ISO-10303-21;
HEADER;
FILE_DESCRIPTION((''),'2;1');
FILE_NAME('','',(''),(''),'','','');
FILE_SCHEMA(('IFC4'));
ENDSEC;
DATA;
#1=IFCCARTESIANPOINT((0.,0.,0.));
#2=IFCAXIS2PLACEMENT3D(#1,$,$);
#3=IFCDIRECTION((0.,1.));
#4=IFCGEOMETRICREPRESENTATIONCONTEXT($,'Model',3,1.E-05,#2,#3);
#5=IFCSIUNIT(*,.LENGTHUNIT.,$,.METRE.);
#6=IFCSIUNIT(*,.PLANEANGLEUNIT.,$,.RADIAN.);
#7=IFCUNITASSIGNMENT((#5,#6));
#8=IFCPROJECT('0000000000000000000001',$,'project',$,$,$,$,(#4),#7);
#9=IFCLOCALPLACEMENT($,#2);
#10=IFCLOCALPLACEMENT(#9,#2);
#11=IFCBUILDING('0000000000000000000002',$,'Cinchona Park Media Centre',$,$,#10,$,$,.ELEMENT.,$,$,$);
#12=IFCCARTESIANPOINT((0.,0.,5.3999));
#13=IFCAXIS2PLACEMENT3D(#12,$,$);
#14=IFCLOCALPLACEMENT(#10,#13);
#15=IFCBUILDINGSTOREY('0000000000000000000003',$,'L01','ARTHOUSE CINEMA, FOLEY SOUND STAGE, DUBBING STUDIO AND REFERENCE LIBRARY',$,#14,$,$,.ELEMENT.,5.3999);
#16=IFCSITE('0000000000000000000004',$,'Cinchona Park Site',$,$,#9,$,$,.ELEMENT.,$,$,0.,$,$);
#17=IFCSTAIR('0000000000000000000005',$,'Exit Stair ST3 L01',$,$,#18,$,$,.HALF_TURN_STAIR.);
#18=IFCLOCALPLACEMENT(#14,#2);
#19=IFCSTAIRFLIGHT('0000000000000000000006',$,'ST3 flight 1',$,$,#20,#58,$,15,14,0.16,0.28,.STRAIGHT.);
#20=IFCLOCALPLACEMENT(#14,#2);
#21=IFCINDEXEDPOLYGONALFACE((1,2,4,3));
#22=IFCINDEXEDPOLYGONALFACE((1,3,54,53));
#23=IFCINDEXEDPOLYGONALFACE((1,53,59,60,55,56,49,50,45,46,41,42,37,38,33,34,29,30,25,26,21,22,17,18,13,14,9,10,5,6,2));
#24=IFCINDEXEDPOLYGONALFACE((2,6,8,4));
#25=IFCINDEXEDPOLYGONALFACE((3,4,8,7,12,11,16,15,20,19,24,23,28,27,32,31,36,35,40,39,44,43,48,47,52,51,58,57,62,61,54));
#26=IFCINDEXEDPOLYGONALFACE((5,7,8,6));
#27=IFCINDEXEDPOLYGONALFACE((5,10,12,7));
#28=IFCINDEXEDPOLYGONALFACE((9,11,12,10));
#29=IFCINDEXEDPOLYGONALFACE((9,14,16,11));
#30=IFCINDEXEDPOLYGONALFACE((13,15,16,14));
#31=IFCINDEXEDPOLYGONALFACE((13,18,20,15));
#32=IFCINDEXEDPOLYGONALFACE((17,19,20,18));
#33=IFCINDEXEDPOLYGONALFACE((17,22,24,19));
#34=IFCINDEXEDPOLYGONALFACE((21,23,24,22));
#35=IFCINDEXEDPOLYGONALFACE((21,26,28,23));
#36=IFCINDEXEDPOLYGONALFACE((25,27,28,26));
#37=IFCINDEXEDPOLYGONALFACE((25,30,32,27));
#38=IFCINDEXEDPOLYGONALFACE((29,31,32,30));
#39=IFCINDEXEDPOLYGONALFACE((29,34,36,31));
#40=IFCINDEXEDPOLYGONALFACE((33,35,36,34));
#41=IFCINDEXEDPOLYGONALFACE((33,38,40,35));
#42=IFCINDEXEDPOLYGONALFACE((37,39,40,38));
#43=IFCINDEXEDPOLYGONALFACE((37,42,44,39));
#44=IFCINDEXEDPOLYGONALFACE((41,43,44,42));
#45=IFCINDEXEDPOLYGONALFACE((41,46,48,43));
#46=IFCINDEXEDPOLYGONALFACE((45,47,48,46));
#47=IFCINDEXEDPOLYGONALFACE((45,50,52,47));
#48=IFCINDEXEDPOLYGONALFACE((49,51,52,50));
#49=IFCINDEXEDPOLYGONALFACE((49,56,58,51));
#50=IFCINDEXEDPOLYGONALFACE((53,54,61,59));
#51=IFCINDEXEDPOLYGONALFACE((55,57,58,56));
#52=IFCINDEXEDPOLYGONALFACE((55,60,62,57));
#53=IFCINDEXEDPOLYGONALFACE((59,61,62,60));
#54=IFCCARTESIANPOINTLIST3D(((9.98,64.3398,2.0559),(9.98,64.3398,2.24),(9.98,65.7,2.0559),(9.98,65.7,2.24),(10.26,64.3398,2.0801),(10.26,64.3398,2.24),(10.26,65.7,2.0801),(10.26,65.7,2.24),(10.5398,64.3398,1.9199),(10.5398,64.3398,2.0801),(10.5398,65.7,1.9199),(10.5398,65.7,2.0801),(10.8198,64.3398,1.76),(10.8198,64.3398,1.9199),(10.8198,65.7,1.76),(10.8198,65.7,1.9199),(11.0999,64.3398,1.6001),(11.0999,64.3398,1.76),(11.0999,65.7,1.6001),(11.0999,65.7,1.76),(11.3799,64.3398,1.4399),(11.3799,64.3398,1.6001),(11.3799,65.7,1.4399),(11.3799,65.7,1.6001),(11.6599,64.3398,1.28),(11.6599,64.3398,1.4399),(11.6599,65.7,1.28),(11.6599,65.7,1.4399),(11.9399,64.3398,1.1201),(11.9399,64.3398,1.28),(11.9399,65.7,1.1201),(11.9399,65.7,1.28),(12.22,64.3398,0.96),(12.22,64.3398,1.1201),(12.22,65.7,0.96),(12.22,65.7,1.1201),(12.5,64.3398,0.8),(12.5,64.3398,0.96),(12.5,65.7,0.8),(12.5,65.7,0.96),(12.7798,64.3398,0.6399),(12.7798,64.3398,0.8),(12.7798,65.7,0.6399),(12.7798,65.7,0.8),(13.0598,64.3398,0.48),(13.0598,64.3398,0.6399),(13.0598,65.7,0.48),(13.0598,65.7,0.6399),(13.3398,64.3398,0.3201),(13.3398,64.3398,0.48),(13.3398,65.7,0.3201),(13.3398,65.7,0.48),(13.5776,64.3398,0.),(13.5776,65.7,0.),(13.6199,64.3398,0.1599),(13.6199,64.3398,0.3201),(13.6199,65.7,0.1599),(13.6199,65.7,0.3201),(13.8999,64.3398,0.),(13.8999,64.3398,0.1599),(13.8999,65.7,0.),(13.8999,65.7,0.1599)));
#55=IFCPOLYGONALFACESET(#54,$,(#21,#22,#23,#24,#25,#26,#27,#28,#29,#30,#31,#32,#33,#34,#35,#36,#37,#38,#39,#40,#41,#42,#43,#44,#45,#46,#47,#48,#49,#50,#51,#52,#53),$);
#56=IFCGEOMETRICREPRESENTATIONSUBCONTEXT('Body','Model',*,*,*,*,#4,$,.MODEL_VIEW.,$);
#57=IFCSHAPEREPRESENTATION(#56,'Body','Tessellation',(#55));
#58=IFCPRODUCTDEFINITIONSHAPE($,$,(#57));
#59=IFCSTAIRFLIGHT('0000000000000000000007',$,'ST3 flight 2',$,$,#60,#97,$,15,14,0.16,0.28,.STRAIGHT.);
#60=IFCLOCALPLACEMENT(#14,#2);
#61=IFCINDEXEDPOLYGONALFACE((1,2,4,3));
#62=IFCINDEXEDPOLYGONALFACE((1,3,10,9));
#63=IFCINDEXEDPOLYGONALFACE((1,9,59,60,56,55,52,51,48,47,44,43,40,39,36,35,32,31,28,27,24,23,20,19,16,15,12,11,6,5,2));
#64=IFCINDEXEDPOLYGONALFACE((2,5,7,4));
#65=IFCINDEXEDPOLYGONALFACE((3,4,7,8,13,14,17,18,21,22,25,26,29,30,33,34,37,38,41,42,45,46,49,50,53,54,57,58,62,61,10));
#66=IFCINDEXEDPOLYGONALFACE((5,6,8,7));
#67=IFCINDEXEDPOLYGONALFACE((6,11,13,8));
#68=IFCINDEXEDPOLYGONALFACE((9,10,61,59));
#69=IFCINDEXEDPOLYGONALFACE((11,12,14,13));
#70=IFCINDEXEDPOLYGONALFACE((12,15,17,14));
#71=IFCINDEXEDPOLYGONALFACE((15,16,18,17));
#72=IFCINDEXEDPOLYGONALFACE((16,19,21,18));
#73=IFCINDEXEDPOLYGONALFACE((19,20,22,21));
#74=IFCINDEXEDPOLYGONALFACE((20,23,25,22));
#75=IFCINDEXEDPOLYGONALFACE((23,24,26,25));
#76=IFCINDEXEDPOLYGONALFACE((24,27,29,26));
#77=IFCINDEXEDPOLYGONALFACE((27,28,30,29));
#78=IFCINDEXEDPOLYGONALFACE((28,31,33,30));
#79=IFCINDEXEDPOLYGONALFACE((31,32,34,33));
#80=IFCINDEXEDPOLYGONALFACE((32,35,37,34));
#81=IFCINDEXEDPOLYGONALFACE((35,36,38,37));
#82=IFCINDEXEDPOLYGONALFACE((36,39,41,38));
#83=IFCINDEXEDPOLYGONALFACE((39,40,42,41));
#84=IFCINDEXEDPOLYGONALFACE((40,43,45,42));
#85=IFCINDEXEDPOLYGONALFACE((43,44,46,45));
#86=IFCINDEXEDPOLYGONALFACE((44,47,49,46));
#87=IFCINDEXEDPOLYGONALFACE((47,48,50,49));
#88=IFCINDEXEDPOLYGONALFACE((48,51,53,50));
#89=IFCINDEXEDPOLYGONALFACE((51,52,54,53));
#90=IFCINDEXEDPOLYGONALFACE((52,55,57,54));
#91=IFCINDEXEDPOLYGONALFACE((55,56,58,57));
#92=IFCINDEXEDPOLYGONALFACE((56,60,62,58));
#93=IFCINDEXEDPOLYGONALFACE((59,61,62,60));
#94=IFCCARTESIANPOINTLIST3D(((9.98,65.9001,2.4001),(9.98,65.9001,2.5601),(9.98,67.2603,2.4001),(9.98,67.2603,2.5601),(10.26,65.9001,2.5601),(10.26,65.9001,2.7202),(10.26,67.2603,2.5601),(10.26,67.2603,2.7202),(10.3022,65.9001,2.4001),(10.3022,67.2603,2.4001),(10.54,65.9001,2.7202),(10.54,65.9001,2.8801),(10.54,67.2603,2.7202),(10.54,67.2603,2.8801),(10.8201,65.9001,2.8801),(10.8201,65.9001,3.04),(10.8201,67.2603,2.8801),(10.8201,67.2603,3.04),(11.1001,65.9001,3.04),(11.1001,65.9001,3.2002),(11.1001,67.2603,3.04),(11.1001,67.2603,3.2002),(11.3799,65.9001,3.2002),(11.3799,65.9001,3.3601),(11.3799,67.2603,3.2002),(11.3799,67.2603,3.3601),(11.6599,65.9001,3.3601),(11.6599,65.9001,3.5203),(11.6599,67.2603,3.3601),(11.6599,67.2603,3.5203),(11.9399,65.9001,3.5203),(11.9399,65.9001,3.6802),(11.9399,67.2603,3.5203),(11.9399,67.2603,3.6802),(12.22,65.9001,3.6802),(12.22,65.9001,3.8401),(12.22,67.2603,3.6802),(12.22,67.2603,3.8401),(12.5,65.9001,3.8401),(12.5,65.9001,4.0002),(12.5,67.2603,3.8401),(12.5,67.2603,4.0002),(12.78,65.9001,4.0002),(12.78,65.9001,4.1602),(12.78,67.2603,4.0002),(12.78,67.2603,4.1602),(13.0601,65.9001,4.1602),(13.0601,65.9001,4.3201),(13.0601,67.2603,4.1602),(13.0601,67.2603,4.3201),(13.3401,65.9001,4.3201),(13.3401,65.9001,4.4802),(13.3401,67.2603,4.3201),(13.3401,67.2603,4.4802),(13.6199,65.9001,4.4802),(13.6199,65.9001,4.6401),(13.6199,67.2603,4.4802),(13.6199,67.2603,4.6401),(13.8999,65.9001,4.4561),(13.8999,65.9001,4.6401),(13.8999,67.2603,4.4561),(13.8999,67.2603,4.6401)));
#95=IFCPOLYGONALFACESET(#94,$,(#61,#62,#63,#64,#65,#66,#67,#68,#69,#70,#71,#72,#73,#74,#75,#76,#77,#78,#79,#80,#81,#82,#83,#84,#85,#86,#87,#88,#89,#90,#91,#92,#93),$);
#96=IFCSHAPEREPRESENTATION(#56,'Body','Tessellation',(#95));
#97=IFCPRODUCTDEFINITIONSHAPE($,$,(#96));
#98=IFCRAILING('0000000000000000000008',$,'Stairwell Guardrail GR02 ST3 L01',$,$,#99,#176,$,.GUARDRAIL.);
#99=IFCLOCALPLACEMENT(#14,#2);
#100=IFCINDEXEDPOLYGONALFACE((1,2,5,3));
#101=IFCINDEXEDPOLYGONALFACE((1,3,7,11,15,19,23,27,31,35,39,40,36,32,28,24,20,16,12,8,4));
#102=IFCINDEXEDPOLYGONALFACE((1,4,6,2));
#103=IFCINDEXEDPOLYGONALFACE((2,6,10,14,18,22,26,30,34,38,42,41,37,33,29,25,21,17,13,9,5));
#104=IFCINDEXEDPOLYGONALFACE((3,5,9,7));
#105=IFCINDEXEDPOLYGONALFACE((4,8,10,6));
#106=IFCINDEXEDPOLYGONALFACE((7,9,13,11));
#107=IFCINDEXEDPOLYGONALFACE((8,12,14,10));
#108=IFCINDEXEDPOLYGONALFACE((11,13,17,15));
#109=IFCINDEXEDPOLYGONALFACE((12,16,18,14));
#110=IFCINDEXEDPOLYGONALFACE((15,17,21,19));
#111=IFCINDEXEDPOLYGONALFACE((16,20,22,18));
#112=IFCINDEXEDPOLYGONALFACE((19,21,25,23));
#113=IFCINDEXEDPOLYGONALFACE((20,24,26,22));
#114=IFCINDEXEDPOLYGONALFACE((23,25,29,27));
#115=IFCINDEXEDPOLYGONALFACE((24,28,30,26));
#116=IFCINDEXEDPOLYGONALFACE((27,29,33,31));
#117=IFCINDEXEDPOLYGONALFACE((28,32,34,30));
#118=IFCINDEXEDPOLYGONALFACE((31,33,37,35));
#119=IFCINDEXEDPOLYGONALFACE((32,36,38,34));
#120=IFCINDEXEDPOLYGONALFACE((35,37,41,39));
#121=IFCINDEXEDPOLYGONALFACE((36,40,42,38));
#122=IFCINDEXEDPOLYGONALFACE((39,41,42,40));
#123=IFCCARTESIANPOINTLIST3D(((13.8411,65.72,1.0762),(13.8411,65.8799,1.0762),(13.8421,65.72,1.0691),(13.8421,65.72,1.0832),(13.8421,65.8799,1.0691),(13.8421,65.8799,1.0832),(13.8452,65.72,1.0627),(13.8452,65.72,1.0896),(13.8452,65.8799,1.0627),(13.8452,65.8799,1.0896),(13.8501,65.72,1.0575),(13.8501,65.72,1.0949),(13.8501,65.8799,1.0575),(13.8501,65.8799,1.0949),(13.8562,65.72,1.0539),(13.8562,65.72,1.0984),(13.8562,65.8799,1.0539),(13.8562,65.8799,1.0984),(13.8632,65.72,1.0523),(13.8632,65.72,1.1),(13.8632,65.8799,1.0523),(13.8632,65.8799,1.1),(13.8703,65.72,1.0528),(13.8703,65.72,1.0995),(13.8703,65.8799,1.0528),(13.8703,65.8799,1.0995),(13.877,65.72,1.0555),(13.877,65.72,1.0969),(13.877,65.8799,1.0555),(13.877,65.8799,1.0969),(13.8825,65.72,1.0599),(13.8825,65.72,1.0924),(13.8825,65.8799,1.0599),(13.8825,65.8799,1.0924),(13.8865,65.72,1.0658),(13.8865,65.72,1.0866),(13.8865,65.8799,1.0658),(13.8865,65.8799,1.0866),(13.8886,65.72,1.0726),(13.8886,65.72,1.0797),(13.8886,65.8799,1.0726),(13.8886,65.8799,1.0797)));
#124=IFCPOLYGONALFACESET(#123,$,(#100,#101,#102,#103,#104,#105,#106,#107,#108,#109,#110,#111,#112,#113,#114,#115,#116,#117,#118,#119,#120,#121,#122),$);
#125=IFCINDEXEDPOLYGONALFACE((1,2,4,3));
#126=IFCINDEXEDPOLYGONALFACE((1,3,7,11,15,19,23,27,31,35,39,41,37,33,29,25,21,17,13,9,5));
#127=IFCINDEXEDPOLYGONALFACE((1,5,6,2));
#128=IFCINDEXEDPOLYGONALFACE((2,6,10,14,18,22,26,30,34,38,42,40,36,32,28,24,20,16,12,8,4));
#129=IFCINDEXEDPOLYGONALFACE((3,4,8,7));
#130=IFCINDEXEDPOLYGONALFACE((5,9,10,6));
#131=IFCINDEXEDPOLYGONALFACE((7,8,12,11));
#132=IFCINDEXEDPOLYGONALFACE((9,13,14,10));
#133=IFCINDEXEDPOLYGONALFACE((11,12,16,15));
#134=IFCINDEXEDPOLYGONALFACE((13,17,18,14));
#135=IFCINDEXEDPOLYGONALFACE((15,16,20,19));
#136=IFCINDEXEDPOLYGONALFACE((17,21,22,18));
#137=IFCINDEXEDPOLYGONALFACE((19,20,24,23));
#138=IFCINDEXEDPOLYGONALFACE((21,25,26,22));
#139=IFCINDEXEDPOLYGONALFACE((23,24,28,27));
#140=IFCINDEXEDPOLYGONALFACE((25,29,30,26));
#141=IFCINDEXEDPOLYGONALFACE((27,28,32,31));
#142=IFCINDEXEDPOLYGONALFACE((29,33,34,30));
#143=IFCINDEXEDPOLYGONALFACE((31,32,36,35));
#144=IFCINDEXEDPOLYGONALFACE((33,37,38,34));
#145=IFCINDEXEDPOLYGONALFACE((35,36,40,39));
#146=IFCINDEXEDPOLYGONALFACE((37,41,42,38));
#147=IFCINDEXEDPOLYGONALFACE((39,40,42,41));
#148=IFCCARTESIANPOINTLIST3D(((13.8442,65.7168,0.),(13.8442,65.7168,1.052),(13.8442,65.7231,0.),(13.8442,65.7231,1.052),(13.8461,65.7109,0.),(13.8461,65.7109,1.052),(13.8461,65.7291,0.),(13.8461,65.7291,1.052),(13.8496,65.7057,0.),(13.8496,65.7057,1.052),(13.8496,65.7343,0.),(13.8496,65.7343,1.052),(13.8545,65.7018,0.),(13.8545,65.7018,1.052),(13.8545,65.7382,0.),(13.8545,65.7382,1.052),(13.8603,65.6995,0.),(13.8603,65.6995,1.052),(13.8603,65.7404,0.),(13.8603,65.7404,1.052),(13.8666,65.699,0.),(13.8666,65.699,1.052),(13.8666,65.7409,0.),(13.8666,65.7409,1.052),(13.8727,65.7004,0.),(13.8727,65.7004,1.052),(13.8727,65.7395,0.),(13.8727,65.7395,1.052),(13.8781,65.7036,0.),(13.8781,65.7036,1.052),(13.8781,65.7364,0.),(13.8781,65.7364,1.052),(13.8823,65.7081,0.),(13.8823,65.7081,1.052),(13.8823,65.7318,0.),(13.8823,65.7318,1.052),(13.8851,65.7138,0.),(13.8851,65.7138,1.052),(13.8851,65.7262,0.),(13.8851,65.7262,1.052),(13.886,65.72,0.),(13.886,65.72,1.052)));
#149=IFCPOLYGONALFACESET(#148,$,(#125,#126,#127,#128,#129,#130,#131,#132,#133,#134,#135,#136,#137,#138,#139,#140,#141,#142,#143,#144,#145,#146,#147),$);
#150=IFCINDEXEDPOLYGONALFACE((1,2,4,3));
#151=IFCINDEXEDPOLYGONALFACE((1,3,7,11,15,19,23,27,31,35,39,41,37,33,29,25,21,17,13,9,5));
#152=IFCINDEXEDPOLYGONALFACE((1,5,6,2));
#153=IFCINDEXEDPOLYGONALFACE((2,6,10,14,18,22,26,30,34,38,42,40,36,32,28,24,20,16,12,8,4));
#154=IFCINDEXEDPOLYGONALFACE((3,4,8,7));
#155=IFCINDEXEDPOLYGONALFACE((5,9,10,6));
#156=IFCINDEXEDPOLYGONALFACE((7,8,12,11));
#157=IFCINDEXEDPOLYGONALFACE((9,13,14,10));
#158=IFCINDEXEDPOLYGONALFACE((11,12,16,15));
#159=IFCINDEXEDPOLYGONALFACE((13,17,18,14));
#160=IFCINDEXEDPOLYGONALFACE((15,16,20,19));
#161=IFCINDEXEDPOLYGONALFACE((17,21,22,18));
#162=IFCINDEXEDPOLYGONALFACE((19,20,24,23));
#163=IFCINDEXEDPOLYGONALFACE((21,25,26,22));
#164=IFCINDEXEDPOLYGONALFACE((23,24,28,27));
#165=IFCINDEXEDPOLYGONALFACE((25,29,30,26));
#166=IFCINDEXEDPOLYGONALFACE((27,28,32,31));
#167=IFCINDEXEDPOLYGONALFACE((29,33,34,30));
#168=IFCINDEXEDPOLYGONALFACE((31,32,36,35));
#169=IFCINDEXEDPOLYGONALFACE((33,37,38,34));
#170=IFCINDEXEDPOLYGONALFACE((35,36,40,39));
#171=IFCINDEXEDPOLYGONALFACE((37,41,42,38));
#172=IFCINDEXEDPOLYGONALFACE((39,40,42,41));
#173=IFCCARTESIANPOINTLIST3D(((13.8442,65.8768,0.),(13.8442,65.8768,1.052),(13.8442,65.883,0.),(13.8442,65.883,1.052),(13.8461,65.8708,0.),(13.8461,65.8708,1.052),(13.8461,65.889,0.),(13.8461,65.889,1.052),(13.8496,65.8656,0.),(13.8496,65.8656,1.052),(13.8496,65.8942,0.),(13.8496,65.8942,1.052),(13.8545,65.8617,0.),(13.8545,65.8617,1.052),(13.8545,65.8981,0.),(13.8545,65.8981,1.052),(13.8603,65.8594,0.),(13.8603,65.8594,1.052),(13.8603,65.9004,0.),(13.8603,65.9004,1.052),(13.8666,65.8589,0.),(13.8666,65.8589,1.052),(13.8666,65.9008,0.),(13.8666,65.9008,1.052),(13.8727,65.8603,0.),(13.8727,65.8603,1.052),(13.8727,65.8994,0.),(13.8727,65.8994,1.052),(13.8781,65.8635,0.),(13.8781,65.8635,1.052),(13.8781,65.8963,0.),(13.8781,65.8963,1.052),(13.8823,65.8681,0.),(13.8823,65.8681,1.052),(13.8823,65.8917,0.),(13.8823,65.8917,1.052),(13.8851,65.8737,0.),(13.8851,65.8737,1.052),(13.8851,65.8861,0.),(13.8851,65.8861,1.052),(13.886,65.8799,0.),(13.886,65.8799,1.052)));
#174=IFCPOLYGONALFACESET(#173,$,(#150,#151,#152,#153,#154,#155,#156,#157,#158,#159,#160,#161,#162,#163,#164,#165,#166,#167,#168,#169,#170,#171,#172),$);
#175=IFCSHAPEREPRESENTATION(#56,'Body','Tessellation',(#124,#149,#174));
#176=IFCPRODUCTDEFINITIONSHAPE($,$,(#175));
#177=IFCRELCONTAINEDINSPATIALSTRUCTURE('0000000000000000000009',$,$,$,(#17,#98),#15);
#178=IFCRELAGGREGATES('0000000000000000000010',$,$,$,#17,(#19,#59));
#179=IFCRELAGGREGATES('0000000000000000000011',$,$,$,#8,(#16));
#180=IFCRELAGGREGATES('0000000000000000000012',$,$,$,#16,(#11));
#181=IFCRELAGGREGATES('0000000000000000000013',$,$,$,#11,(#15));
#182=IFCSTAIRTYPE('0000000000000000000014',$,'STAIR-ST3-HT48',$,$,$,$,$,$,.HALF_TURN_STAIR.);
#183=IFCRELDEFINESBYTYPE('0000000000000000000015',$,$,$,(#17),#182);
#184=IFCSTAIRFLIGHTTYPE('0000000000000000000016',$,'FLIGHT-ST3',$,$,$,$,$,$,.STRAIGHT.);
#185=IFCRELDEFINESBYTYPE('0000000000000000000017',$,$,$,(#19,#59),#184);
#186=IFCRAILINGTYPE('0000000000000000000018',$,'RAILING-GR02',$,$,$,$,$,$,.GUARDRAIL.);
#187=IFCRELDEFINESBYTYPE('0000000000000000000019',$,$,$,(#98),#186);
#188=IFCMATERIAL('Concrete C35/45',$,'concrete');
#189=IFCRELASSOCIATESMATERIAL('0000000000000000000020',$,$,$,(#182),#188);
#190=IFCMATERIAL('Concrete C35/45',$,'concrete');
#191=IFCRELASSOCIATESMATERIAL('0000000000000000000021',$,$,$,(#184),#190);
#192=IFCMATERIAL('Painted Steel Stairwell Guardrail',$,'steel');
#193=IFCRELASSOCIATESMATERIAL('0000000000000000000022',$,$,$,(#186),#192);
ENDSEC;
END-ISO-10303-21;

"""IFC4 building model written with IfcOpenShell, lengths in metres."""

from ifc_helpers import new_model, si_unit, direction, frame, origin, origin_2d, place, context, subcontext, project, spatial, polyline, circle, outline, extrude, material, type_object, element, aggregate, save


model = new_model("IFC4")

# Units and contexts
model_context = context("Model", 3, precision=1e-05, world=origin(), true_north=direction((0.0, 1.0)))
body_context = subcontext(model_context, "Body", "Model", "MODEL_VIEW")
ifc_project = project(units=[si_unit("LENGTHUNIT", "METRE"), si_unit("PLANEANGLEUNIT", "RADIAN")], contexts=[model_context])

# Site, building, storey
site_placement = place(None, origin())
site = spatial("IfcSite", under=ifc_project, at=site_placement, Name="Cinchona Park Site", CompositionType="ELEMENT", RefElevation=0.0)
building_placement = place(site_placement, origin())
building = spatial("IfcBuilding", under=site, at=building_placement, Name="Cinchona Park Media Centre", CompositionType="ELEMENT")
storey_placement = place(building_placement, frame((0.0, 0.0, 5.3999)))
storey = spatial("IfcBuildingStorey", under=building, at=storey_placement, Name="L01", Description="ARTHOUSE CINEMA, FOLEY SOUND STAGE, DUBBING STUDIO AND REFERENCE LIBRARY", CompositionType="ELEMENT", Elevation=5.3999)

# Stair, stair flights
ifc_material_1 = material(Name="Concrete C35/45", Category="concrete")
stair_type = type_object("IfcStairType", Name="STAIR-ST3-HT48", PredefinedType="HALF_TURN_STAIR", material=ifc_material_1)
stair_placement = place(storey_placement, origin())
stair = element("IfcStair", 1, at=stair_placement, inside=storey, type_object=stair_type, Name="Exit Stair ST3 L01", PredefinedType="HALF_TURN_STAIR")
ifc_material_2 = material(Name="Concrete C35/45", Category="concrete")
stair_flight_type = type_object("IfcStairFlightType", Name="FLIGHT-ST3", PredefinedType="STRAIGHT", material=ifc_material_2)
stair_flight_1_placement = place(storey_placement, frame((13.8999, 65.02, 0.0), z_axis=(0.0, 0.0, 1.0), x_axis=(-1.0, 0.0, 0.0)))
stair_flight_1 = element("IfcStairFlight", 2, at=stair_flight_1_placement, type_object=stair_flight_type, Name="ST3 flight 1", NumberOfRisers=15, NumberOfTreads=14, PredefinedType="STRAIGHT", RiserHeight=0.16, TreadLength=0.28, context=body_context, shape_type="SweptSolid", body=[
    extrude(outline(polyline([(0.0, 0.0), (0.0, 0.1599), (0.28, 0.1599), (0.28, 0.3201), (0.5601, 0.3201), (0.5601, 0.48), (0.8401, 0.48), (0.8401, 0.6399), (1.1201, 0.6399), (1.1201, 0.8), (1.3999, 0.8), (1.3999, 0.96), (1.6799, 0.96), (1.6799, 1.1201), (1.96, 1.1201), (1.96, 1.28), (2.24, 1.28), (2.24, 1.4399), (2.52, 1.4399), (2.52, 1.6001), (2.8, 1.6001), (2.8, 1.76), (3.0801, 1.76), (3.0801, 1.9199), (3.3601, 1.9199), (3.3601, 2.0801), (3.6399, 2.0801), (3.6399, 2.24), (3.9199, 2.24), (3.9199, 2.3999), (3.9199, 2.0559), (0.3223, 0.0), (0.0, 0.0)])), frame((0.0, 0.6802, 0.0), z_axis=(0.0, -1.0, 0.0), x_axis=(1.0, 0.0, 0.0)), (0.0, 0.0, 1.0), 1.3601),
])
stair_flight_2_placement = place(storey_placement, frame((9.98, 66.5801, 2.4001), z_axis=(0.0, 0.0, 1.0), x_axis=(1.0, 0.0, 0.0)))
stair_flight_2 = element("IfcStairFlight", 3, at=stair_flight_2_placement, type_object=stair_flight_type, Name="ST3 flight 2", NumberOfRisers=15, NumberOfTreads=14, PredefinedType="STRAIGHT", RiserHeight=0.16, TreadLength=0.28, context=body_context, shape_type="SweptSolid", body=[
    extrude(outline(polyline([(0.0, 0.0), (0.0, 0.1599), (0.28, 0.1599), (0.28, 0.3201), (0.5601, 0.3201), (0.5601, 0.48), (0.8401, 0.48), (0.8401, 0.6399), (1.1201, 0.6399), (1.1201, 0.8), (1.3999, 0.8), (1.3999, 0.96), (1.6799, 0.96), (1.6799, 1.1201), (1.96, 1.1201), (1.96, 1.28), (2.24, 1.28), (2.24, 1.4399), (2.52, 1.4399), (2.52, 1.6001), (2.8, 1.6001), (2.8, 1.76), (3.0801, 1.76), (3.0801, 1.9199), (3.3601, 1.9199), (3.3601, 2.0801), (3.6399, 2.0801), (3.6399, 2.24), (3.9199, 2.24), (3.9199, 2.3999), (3.9199, 2.0559), (0.3223, 0.0), (0.0, 0.0)])), frame((0.0, 0.6802, 0.0), z_axis=(0.0, -1.0, 0.0), x_axis=(1.0, 0.0, 0.0)), (0.0, 0.0, 1.0), 1.3601),
])
aggregate(stair, [stair_flight_1, stair_flight_2])

# Railing
ifc_material_3 = material(Name="Painted Steel Stairwell Guardrail", Category="steel")
railing_type_1 = type_object("IfcRailingType", Name="RAILING-GR02", PredefinedType="GUARDRAIL", material=ifc_material_3)
for number, where, name in (
    (4, (13.865, 65.72, 0.0), "Stairwell Guardrail GR02 ST3 L01"),
):
    element("IfcRailing", number, at=place(storey_placement, frame(where)), inside=storey, type_object=railing_type_1, Name=name, PredefinedType="GUARDRAIL", context=body_context, shape_type="SweptSolid", body=[
        extrude(circle(Radius=0.0239, at=origin_2d()), frame((0.0, 0.0, 1.0762), z_axis=(0.0, 1.0, 0.0), x_axis=(-1.0, 0.0, 0.0)), (0.0, 0.0, 1.0), 0.1599),
        extrude(circle(Radius=0.021, at=origin_2d()), origin(), (0.0, 0.0, 1.0), 1.052),
        extrude(circle(Radius=0.021, at=origin_2d()), frame((0.0, 0.1599, 0.0)), (0.0, 0.0, 1.0), 1.052),
    ])

save(model, "model.ifc")
